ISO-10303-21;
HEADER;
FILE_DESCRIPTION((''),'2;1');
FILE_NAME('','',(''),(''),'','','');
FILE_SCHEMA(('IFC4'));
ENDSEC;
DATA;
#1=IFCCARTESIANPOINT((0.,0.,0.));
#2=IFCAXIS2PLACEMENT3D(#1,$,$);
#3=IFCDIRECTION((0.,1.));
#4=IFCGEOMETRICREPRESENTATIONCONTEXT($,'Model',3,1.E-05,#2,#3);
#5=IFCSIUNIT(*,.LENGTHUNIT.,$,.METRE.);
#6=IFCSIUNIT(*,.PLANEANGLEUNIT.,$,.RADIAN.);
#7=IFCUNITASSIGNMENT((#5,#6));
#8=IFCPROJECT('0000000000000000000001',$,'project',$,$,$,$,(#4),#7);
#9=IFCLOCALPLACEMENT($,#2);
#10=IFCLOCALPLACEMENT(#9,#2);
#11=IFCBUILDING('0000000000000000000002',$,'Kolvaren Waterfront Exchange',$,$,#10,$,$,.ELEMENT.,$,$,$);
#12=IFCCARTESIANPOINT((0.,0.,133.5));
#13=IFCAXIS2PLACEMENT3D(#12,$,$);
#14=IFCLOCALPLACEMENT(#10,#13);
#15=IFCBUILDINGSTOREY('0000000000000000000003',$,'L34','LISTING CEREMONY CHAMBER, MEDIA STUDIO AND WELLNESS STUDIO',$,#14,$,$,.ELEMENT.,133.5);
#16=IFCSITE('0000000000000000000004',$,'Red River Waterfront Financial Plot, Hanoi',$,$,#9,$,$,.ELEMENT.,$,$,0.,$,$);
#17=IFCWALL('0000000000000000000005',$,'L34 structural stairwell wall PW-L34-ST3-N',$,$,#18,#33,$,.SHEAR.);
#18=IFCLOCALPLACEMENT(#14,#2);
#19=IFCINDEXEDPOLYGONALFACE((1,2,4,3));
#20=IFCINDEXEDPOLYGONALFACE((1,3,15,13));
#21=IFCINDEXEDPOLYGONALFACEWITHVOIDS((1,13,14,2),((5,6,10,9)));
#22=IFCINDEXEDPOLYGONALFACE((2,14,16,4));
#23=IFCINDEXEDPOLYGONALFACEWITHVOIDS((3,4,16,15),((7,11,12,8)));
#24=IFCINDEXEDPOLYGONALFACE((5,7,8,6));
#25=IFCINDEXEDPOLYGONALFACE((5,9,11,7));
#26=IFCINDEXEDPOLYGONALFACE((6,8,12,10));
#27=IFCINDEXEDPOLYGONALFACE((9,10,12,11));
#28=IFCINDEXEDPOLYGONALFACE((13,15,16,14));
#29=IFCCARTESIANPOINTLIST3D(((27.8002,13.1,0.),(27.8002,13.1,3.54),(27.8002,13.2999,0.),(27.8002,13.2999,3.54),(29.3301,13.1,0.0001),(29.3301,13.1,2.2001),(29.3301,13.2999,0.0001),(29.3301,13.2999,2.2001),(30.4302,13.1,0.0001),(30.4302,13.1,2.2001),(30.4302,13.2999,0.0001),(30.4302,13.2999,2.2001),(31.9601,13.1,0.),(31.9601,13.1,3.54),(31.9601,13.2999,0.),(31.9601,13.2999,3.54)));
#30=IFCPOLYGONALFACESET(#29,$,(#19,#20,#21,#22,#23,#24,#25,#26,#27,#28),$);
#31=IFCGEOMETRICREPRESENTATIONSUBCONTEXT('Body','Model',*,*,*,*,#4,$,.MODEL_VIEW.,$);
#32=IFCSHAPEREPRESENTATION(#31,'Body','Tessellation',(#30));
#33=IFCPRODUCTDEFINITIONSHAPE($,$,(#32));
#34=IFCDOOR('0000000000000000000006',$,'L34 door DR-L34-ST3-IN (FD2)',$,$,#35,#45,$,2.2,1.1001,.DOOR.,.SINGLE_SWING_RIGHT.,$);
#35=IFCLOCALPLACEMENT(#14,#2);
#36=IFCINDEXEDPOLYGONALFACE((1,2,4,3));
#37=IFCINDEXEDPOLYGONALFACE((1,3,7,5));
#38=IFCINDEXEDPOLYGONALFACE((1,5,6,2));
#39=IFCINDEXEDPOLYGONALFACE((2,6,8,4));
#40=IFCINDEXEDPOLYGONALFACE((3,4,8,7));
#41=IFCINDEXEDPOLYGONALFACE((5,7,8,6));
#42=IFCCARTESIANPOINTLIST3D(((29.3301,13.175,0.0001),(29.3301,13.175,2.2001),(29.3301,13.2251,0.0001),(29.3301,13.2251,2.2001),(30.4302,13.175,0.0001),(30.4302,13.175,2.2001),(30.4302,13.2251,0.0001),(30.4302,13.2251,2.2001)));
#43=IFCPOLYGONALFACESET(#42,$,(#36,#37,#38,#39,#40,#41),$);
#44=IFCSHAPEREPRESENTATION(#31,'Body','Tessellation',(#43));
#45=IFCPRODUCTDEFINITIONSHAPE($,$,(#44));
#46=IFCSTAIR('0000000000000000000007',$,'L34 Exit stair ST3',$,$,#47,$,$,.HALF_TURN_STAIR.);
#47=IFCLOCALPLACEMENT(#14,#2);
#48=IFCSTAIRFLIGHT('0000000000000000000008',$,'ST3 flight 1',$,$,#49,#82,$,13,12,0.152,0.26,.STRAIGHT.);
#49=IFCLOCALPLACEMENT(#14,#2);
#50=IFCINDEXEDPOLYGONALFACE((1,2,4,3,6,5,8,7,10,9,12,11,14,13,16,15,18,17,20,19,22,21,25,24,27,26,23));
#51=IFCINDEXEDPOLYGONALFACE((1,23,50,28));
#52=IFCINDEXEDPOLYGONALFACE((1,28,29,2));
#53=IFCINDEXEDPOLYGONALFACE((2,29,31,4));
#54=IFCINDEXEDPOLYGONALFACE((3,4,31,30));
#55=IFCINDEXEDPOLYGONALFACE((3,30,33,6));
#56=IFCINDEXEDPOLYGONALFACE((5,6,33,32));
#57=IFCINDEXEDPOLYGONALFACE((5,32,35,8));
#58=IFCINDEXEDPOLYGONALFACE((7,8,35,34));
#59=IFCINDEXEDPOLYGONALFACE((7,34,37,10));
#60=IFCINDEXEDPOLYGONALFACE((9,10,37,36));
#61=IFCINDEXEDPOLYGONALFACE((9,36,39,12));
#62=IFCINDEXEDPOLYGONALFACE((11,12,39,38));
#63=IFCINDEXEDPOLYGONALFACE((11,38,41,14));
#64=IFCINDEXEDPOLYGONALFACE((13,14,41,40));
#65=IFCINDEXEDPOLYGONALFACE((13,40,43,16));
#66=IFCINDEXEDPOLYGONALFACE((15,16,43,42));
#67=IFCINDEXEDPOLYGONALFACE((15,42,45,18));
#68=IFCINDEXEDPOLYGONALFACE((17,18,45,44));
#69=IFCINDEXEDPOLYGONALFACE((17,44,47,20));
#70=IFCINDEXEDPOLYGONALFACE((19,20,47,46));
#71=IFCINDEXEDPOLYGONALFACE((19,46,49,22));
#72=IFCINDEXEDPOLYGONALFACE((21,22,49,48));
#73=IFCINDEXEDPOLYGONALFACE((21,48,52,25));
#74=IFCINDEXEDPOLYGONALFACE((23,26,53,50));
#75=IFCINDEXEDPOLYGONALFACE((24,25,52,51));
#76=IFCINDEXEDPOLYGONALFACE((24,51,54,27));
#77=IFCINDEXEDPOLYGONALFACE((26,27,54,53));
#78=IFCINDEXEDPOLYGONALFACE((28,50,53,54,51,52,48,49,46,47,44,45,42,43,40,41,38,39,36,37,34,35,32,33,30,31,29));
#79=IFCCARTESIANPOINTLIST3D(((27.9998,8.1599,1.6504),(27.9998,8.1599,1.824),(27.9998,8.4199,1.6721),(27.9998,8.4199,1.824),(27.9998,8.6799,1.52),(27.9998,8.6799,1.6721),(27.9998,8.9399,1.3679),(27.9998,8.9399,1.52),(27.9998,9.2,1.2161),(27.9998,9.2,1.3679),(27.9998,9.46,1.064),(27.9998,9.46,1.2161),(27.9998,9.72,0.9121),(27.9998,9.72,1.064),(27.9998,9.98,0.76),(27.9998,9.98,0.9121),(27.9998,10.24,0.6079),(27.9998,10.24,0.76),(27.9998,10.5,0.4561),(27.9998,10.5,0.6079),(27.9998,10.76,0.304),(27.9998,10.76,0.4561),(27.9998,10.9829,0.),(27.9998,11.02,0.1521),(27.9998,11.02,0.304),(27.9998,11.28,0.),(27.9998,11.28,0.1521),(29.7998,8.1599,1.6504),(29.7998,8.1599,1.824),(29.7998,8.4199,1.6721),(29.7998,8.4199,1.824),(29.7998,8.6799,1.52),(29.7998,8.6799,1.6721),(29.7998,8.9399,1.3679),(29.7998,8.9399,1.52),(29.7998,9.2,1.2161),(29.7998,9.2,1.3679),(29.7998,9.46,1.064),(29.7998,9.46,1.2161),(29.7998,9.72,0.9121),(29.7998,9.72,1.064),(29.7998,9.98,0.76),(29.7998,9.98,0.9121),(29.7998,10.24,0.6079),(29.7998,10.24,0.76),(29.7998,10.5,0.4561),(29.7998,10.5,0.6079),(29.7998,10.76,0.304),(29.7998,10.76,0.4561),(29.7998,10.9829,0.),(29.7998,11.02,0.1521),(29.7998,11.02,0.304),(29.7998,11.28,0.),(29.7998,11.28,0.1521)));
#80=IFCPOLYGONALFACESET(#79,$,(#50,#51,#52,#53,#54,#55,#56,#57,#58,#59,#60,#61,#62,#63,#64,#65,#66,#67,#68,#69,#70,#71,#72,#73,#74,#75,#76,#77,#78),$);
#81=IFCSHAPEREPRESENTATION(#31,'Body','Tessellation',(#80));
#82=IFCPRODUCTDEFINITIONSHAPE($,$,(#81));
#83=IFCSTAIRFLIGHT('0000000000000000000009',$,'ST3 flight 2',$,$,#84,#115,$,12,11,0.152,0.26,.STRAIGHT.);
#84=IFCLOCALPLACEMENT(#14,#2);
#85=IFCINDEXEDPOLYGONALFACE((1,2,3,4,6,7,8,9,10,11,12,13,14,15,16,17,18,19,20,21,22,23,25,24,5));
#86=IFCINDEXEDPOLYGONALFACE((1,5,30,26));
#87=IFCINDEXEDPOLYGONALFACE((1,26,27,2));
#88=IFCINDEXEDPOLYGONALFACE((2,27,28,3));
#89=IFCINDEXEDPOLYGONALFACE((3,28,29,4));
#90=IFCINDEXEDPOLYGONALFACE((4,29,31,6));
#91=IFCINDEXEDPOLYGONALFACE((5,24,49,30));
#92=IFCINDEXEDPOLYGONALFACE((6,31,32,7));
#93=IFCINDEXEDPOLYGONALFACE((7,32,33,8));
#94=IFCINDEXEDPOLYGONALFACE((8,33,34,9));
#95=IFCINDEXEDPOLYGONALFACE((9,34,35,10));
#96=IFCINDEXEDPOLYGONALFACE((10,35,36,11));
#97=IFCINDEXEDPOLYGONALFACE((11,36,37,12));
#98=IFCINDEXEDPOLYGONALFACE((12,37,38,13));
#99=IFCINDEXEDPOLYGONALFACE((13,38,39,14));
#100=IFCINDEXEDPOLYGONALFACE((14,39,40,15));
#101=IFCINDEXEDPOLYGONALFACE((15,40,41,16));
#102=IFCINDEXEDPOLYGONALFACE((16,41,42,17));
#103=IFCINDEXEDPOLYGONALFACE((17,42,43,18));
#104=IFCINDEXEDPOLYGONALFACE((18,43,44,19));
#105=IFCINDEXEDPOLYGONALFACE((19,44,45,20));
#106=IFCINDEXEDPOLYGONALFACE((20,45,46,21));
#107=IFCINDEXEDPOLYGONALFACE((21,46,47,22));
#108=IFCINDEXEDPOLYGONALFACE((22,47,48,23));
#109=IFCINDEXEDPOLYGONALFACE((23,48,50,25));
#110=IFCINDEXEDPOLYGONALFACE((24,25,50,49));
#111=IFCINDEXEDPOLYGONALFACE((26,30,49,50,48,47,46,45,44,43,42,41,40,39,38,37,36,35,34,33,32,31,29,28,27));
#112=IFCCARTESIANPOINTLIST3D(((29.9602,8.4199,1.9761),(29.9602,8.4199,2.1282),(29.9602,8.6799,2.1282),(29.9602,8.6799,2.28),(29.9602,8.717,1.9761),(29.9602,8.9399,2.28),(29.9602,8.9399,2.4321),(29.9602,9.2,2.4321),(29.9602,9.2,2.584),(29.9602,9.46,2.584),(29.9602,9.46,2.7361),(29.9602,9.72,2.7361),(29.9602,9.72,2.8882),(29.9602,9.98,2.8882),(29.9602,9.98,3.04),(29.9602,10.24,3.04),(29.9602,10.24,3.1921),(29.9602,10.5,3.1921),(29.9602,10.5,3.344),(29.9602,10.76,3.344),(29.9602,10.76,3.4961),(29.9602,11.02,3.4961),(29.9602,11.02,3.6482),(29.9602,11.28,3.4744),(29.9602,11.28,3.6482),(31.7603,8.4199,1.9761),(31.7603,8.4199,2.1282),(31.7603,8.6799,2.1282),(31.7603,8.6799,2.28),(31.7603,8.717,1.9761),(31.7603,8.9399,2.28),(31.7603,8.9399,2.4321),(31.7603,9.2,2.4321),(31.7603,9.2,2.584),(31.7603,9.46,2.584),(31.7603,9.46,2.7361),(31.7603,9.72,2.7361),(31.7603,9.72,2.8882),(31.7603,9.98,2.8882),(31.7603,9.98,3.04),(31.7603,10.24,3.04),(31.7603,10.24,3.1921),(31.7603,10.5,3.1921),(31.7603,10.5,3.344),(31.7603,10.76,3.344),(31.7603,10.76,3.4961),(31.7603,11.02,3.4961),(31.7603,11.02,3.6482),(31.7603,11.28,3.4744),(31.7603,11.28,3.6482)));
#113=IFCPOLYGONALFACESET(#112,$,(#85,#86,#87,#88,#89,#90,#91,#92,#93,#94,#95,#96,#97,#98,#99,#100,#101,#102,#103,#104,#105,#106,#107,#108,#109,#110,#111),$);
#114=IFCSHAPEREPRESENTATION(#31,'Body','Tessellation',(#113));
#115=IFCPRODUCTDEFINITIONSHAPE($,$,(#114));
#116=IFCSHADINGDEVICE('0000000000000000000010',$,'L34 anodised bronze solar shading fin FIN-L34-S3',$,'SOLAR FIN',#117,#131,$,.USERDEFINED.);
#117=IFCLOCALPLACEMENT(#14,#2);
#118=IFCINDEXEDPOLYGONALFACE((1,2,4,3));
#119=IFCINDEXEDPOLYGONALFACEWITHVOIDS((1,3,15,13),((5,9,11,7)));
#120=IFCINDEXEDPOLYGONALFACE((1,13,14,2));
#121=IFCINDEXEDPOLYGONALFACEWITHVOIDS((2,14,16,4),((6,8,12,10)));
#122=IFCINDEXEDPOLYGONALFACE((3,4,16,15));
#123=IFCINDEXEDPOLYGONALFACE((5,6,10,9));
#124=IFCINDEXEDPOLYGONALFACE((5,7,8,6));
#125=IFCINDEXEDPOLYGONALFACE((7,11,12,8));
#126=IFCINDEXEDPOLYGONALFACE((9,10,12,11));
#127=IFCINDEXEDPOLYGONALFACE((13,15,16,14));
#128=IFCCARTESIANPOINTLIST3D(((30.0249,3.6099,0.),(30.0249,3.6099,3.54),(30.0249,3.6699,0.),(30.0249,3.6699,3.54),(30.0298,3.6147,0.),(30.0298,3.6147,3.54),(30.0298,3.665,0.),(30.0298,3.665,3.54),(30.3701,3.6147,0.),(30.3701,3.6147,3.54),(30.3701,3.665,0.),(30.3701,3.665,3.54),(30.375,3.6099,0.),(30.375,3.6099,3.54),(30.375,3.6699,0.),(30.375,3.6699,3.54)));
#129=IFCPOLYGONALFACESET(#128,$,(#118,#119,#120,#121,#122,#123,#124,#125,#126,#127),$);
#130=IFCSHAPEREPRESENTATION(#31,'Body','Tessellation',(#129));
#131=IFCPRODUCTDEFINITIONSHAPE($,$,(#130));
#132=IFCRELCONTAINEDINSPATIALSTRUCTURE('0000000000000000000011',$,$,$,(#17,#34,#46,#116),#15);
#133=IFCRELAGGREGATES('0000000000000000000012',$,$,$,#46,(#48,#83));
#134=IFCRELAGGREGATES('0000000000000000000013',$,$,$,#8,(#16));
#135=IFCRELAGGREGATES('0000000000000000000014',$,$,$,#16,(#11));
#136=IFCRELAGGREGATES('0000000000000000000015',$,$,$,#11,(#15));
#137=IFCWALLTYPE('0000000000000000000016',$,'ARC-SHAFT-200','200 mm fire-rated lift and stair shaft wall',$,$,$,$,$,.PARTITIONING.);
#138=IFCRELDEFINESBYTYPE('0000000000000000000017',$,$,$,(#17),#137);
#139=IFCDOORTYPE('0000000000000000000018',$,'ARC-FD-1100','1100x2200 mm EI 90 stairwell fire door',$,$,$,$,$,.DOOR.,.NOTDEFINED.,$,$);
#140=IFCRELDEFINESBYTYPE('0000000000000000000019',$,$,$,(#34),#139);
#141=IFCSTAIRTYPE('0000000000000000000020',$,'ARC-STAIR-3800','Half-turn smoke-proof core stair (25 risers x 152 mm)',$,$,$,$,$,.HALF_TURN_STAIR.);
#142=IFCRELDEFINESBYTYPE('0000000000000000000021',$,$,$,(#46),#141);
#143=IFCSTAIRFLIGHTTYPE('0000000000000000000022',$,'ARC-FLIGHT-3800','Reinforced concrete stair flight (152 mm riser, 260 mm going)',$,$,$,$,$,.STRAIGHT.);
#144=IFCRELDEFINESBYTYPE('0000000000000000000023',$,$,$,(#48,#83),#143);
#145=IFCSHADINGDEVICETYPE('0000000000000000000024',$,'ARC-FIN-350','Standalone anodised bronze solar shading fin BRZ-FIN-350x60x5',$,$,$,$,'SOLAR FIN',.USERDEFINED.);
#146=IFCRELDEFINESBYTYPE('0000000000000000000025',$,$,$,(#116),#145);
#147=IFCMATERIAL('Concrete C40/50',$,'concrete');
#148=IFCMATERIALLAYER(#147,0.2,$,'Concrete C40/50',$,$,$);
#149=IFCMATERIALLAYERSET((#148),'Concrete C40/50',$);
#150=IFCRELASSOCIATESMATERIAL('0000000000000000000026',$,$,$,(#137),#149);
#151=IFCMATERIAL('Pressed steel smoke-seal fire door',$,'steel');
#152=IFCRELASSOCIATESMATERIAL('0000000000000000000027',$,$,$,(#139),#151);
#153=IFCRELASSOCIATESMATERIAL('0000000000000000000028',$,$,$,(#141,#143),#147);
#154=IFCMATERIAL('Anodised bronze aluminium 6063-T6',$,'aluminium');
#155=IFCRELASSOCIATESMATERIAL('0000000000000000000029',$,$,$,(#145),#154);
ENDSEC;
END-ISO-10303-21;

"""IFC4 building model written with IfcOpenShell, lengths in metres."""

from ifc_helpers import new_model, si_unit, direction, frame, frame_2d, origin, origin_2d, place, context, subcontext, project, spatial, polyline, rectangle, hollow_rectangle, outline, extrude, material, layer, layer_set, material_profile, profile_set, type_object, element, fill, aggregate, save


model = new_model("IFC4")

# Units and contexts
model_context = context("Model", 3, precision=1e-05, world=origin(), true_north=direction((0.0, 1.0)))
body_context = subcontext(model_context, "Body", "Model", "MODEL_VIEW")
ifc_project = project(units=[si_unit("LENGTHUNIT", "METRE"), si_unit("PLANEANGLEUNIT", "RADIAN")], contexts=[model_context])

# Site, building, storey
site_placement = place(None, origin())
site = spatial("IfcSite", under=ifc_project, at=site_placement, Name="Red River Waterfront Financial Plot, Hanoi", CompositionType="ELEMENT", RefElevation=0.0)
building_placement = place(site_placement, origin())
building = spatial("IfcBuilding", under=site, at=building_placement, Name="Kolvaren Waterfront Exchange", CompositionType="ELEMENT")
storey_placement = place(building_placement, frame((0.0, 0.0, 133.5)))
storey = spatial("IfcBuildingStorey", under=building, at=storey_placement, Name="L34", Description="LISTING CEREMONY CHAMBER, MEDIA STUDIO AND WELLNESS STUDIO", CompositionType="ELEMENT", Elevation=133.5)

# Shared definitions
ifc_material_1 = material(Name="Anodised bronze aluminium 6063-T6", Category="aluminium")

# Shared definitions
ifc_material_2 = material(Name="Concrete C40/50", Category="concrete")
ifc_layer_1 = layer(ifc_material_2, 0.2, Name="Concrete C40/50")
ifc_layer_set_1 = layer_set([ifc_layer_1], Name="Concrete C40/50")
wall_type_1 = type_object("IfcWallType", Name="ARC-SHAFT-200", Description="200 mm fire-rated lift and stair shaft wall", PredefinedType="PARTITIONING", material=ifc_layer_set_1)

# Wall, opening, door
wall_1_placement = place(storey_placement, frame((27.8, 13.2, 0.0), z_axis=(0.0, 0.0, 1.0), x_axis=(1.0, 0.0, 0.0)))
wall_1 = element("IfcWall", 1, at=wall_1_placement, inside=storey, type_object=wall_type_1, Name="L34 structural stairwell wall PW-L34-ST3-N", PredefinedType="SHEAR", context=body_context, shape_type="SweptSolid", body=[
    extrude(rectangle(XDim=4.1599, YDim=0.2, at=frame_2d((2.0801, 0.0))), origin(), (0.0, 0.0, 1.0), 3.54),
])
opening_placement = place(wall_1_placement, frame((1.53, 0.0, 0.0)))
opening = element("IfcOpeningElement", 2, at=opening_placement, cuts=wall_1, PredefinedType="OPENING", context=body_context, shape_type="SweptSolid", body=[
    extrude(rectangle(XDim=1.1001, YDim=2.2, at=frame_2d((0.55, 1.1001))), frame((0.0, 0.1099, 0.0), z_axis=(0.0, -1.0, 0.0), x_axis=(1.0, 0.0, 0.0)), (0.0, 0.0, 1.0), 0.22),
])
ifc_material_3 = material(Name="Pressed steel smoke-seal fire door", Category="steel")
door_type = type_object("IfcDoorType", Name="ARC-FD-1100", Description="1100x2200 mm EI 90 stairwell fire door", OperationType="NOTDEFINED", PredefinedType="DOOR", material=ifc_material_3)
door_placement = place(opening_placement, frame((1.1001, 0.0, 0.0), z_axis=(0.0, 0.0, 1.0), x_axis=(-1.0, 0.0, 0.0)))
door = element("IfcDoor", 3, at=door_placement, inside=storey, type_object=door_type, Name="L34 door DR-L34-ST3-IN (FD2)", OperationType="SINGLE_SWING_RIGHT", OverallHeight=2.2, OverallWidth=1.1001, PredefinedType="DOOR", context=body_context, shape_type="SweptSolid", body=[
    extrude(rectangle(XDim=1.1001, YDim=2.2, at=frame_2d((0.55, 1.1001))), frame((0.0, 0.0249, 0.0), z_axis=(0.0, -1.0, 0.0), x_axis=(1.0, 0.0, 0.0)), (0.0, 0.0, 1.0), 0.05),
])
fill(opening, door)

# Stair, stair flights
stair_type = type_object("IfcStairType", Name="ARC-STAIR-3800", Description="Half-turn smoke-proof core stair (25 risers x 152 mm)", PredefinedType="HALF_TURN_STAIR", material=ifc_material_2)
stair_placement = place(storey_placement, origin())
stair = element("IfcStair", 4, at=stair_placement, inside=storey, type_object=stair_type, Name="L34 Exit stair ST3", PredefinedType="HALF_TURN_STAIR")
stair_flight_type = type_object("IfcStairFlightType", Name="ARC-FLIGHT-3800", Description="Reinforced concrete stair flight (152 mm riser, 260 mm going)", PredefinedType="STRAIGHT", material=ifc_material_2)
stair_flight_1_placement = place(storey_placement, frame((28.8999, 11.28, 0.0), z_axis=(0.0, 0.0, 1.0), x_axis=(0.0, -1.0, 0.0)))
stair_flight_1 = element("IfcStairFlight", 5, at=stair_flight_1_placement, type_object=stair_flight_type, Name="ST3 flight 1", NumberOfRisers=13, NumberOfTreads=12, PredefinedType="STRAIGHT", RiserHeight=0.152, TreadLength=0.26, context=body_context, shape_type="SweptSolid", body=[
    extrude(outline(polyline([(0.0, 0.0), (0.0, 0.1521), (0.26, 0.1521), (0.26, 0.304), (0.52, 0.304), (0.52, 0.4561), (0.78, 0.4561), (0.78, 0.6079), (1.04, 0.6079), (1.04, 0.76), (1.3, 0.76), (1.3, 0.9121), (1.5601, 0.9121), (1.5601, 1.064), (1.8201, 1.064), (1.8201, 1.2161), (2.0801, 1.2161), (2.0801, 1.3679), (2.3401, 1.3679), (2.3401, 1.52), (2.6001, 1.52), (2.6001, 1.6721), (2.8601, 1.6721), (2.8601, 1.824), (3.1201, 1.824), (3.1201, 1.9761), (3.1201, 1.6504), (0.2971, 0.0), (0.0, 0.0)])), frame((0.0, 0.8999, 0.0), z_axis=(0.0, -1.0, 0.0), x_axis=(1.0, 0.0, 0.0)), (0.0, 0.0, 1.0), 1.8),
])
stair_flight_2_placement = place(storey_placement, frame((30.8601, 8.4199, 1.9761), z_axis=(0.0, 0.0, 1.0), x_axis=(0.0, 1.0, 0.0)))
stair_flight_2 = element("IfcStairFlight", 6, at=stair_flight_2_placement, type_object=stair_flight_type, Name="ST3 flight 2", NumberOfRisers=12, NumberOfTreads=11, PredefinedType="STRAIGHT", RiserHeight=0.152, TreadLength=0.26, context=body_context, shape_type="SweptSolid", body=[
    extrude(outline(polyline([(0.0, 0.0), (0.0, 0.1521), (0.26, 0.1521), (0.26, 0.304), (0.52, 0.304), (0.52, 0.4561), (0.78, 0.4561), (0.78, 0.6079), (1.04, 0.6079), (1.04, 0.76), (1.3, 0.76), (1.3, 0.9121), (1.5601, 0.9121), (1.5601, 1.064), (1.8201, 1.064), (1.8201, 1.2161), (2.0801, 1.2161), (2.0801, 1.3679), (2.3401, 1.3679), (2.3401, 1.52), (2.6001, 1.52), (2.6001, 1.6721), (2.8601, 1.6721), (2.8601, 1.824), (2.8601, 1.4983), (0.2971, 0.0), (0.0, 0.0)])), frame((0.0, 0.8999, 0.0), z_axis=(0.0, -1.0, 0.0), x_axis=(1.0, 0.0, 0.0)), (0.0, 0.0, 1.0), 1.8),
])
aggregate(stair, [stair_flight_1, stair_flight_2])

# Shading device
ifc_material_profile_1 = material_profile(ifc_material_1, hollow_rectangle(XDim=0.0601, YDim=0.3501, WallThickness=0.0049, at=origin_2d()), Name="BRZ-FIN-350x60x5")
ifc_profile_set_1 = profile_set([ifc_material_profile_1], Name="Anodised bronze aluminium 6063-T6")
shading_device_type = type_object("IfcShadingDeviceType", Name="ARC-FIN-350", Description="Standalone anodised bronze solar shading fin BRZ-FIN-350x60x5", ElementType="SOLAR FIN", PredefinedType="USERDEFINED", material=ifc_profile_set_1)
shading_device_placement = place(storey_placement, frame((30.2, 3.6399, 0.0), z_axis=(0.0, 0.0, 1.0), x_axis=(0.0, -1.0, 0.0)))
element("IfcShadingDevice", 7, at=shading_device_placement, inside=storey, type_object=shading_device_type, Name="L34 anodised bronze solar shading fin FIN-L34-S3", ObjectType="SOLAR FIN", PredefinedType="USERDEFINED", context=body_context, shape_type="SweptSolid", body=[
    extrude(hollow_rectangle(XDim=0.0601, YDim=0.3501, WallThickness=0.0049, at=origin_2d()), origin(), (0.0, 0.0, 1.0), 3.54),
])

save(model, "model.ifc")
